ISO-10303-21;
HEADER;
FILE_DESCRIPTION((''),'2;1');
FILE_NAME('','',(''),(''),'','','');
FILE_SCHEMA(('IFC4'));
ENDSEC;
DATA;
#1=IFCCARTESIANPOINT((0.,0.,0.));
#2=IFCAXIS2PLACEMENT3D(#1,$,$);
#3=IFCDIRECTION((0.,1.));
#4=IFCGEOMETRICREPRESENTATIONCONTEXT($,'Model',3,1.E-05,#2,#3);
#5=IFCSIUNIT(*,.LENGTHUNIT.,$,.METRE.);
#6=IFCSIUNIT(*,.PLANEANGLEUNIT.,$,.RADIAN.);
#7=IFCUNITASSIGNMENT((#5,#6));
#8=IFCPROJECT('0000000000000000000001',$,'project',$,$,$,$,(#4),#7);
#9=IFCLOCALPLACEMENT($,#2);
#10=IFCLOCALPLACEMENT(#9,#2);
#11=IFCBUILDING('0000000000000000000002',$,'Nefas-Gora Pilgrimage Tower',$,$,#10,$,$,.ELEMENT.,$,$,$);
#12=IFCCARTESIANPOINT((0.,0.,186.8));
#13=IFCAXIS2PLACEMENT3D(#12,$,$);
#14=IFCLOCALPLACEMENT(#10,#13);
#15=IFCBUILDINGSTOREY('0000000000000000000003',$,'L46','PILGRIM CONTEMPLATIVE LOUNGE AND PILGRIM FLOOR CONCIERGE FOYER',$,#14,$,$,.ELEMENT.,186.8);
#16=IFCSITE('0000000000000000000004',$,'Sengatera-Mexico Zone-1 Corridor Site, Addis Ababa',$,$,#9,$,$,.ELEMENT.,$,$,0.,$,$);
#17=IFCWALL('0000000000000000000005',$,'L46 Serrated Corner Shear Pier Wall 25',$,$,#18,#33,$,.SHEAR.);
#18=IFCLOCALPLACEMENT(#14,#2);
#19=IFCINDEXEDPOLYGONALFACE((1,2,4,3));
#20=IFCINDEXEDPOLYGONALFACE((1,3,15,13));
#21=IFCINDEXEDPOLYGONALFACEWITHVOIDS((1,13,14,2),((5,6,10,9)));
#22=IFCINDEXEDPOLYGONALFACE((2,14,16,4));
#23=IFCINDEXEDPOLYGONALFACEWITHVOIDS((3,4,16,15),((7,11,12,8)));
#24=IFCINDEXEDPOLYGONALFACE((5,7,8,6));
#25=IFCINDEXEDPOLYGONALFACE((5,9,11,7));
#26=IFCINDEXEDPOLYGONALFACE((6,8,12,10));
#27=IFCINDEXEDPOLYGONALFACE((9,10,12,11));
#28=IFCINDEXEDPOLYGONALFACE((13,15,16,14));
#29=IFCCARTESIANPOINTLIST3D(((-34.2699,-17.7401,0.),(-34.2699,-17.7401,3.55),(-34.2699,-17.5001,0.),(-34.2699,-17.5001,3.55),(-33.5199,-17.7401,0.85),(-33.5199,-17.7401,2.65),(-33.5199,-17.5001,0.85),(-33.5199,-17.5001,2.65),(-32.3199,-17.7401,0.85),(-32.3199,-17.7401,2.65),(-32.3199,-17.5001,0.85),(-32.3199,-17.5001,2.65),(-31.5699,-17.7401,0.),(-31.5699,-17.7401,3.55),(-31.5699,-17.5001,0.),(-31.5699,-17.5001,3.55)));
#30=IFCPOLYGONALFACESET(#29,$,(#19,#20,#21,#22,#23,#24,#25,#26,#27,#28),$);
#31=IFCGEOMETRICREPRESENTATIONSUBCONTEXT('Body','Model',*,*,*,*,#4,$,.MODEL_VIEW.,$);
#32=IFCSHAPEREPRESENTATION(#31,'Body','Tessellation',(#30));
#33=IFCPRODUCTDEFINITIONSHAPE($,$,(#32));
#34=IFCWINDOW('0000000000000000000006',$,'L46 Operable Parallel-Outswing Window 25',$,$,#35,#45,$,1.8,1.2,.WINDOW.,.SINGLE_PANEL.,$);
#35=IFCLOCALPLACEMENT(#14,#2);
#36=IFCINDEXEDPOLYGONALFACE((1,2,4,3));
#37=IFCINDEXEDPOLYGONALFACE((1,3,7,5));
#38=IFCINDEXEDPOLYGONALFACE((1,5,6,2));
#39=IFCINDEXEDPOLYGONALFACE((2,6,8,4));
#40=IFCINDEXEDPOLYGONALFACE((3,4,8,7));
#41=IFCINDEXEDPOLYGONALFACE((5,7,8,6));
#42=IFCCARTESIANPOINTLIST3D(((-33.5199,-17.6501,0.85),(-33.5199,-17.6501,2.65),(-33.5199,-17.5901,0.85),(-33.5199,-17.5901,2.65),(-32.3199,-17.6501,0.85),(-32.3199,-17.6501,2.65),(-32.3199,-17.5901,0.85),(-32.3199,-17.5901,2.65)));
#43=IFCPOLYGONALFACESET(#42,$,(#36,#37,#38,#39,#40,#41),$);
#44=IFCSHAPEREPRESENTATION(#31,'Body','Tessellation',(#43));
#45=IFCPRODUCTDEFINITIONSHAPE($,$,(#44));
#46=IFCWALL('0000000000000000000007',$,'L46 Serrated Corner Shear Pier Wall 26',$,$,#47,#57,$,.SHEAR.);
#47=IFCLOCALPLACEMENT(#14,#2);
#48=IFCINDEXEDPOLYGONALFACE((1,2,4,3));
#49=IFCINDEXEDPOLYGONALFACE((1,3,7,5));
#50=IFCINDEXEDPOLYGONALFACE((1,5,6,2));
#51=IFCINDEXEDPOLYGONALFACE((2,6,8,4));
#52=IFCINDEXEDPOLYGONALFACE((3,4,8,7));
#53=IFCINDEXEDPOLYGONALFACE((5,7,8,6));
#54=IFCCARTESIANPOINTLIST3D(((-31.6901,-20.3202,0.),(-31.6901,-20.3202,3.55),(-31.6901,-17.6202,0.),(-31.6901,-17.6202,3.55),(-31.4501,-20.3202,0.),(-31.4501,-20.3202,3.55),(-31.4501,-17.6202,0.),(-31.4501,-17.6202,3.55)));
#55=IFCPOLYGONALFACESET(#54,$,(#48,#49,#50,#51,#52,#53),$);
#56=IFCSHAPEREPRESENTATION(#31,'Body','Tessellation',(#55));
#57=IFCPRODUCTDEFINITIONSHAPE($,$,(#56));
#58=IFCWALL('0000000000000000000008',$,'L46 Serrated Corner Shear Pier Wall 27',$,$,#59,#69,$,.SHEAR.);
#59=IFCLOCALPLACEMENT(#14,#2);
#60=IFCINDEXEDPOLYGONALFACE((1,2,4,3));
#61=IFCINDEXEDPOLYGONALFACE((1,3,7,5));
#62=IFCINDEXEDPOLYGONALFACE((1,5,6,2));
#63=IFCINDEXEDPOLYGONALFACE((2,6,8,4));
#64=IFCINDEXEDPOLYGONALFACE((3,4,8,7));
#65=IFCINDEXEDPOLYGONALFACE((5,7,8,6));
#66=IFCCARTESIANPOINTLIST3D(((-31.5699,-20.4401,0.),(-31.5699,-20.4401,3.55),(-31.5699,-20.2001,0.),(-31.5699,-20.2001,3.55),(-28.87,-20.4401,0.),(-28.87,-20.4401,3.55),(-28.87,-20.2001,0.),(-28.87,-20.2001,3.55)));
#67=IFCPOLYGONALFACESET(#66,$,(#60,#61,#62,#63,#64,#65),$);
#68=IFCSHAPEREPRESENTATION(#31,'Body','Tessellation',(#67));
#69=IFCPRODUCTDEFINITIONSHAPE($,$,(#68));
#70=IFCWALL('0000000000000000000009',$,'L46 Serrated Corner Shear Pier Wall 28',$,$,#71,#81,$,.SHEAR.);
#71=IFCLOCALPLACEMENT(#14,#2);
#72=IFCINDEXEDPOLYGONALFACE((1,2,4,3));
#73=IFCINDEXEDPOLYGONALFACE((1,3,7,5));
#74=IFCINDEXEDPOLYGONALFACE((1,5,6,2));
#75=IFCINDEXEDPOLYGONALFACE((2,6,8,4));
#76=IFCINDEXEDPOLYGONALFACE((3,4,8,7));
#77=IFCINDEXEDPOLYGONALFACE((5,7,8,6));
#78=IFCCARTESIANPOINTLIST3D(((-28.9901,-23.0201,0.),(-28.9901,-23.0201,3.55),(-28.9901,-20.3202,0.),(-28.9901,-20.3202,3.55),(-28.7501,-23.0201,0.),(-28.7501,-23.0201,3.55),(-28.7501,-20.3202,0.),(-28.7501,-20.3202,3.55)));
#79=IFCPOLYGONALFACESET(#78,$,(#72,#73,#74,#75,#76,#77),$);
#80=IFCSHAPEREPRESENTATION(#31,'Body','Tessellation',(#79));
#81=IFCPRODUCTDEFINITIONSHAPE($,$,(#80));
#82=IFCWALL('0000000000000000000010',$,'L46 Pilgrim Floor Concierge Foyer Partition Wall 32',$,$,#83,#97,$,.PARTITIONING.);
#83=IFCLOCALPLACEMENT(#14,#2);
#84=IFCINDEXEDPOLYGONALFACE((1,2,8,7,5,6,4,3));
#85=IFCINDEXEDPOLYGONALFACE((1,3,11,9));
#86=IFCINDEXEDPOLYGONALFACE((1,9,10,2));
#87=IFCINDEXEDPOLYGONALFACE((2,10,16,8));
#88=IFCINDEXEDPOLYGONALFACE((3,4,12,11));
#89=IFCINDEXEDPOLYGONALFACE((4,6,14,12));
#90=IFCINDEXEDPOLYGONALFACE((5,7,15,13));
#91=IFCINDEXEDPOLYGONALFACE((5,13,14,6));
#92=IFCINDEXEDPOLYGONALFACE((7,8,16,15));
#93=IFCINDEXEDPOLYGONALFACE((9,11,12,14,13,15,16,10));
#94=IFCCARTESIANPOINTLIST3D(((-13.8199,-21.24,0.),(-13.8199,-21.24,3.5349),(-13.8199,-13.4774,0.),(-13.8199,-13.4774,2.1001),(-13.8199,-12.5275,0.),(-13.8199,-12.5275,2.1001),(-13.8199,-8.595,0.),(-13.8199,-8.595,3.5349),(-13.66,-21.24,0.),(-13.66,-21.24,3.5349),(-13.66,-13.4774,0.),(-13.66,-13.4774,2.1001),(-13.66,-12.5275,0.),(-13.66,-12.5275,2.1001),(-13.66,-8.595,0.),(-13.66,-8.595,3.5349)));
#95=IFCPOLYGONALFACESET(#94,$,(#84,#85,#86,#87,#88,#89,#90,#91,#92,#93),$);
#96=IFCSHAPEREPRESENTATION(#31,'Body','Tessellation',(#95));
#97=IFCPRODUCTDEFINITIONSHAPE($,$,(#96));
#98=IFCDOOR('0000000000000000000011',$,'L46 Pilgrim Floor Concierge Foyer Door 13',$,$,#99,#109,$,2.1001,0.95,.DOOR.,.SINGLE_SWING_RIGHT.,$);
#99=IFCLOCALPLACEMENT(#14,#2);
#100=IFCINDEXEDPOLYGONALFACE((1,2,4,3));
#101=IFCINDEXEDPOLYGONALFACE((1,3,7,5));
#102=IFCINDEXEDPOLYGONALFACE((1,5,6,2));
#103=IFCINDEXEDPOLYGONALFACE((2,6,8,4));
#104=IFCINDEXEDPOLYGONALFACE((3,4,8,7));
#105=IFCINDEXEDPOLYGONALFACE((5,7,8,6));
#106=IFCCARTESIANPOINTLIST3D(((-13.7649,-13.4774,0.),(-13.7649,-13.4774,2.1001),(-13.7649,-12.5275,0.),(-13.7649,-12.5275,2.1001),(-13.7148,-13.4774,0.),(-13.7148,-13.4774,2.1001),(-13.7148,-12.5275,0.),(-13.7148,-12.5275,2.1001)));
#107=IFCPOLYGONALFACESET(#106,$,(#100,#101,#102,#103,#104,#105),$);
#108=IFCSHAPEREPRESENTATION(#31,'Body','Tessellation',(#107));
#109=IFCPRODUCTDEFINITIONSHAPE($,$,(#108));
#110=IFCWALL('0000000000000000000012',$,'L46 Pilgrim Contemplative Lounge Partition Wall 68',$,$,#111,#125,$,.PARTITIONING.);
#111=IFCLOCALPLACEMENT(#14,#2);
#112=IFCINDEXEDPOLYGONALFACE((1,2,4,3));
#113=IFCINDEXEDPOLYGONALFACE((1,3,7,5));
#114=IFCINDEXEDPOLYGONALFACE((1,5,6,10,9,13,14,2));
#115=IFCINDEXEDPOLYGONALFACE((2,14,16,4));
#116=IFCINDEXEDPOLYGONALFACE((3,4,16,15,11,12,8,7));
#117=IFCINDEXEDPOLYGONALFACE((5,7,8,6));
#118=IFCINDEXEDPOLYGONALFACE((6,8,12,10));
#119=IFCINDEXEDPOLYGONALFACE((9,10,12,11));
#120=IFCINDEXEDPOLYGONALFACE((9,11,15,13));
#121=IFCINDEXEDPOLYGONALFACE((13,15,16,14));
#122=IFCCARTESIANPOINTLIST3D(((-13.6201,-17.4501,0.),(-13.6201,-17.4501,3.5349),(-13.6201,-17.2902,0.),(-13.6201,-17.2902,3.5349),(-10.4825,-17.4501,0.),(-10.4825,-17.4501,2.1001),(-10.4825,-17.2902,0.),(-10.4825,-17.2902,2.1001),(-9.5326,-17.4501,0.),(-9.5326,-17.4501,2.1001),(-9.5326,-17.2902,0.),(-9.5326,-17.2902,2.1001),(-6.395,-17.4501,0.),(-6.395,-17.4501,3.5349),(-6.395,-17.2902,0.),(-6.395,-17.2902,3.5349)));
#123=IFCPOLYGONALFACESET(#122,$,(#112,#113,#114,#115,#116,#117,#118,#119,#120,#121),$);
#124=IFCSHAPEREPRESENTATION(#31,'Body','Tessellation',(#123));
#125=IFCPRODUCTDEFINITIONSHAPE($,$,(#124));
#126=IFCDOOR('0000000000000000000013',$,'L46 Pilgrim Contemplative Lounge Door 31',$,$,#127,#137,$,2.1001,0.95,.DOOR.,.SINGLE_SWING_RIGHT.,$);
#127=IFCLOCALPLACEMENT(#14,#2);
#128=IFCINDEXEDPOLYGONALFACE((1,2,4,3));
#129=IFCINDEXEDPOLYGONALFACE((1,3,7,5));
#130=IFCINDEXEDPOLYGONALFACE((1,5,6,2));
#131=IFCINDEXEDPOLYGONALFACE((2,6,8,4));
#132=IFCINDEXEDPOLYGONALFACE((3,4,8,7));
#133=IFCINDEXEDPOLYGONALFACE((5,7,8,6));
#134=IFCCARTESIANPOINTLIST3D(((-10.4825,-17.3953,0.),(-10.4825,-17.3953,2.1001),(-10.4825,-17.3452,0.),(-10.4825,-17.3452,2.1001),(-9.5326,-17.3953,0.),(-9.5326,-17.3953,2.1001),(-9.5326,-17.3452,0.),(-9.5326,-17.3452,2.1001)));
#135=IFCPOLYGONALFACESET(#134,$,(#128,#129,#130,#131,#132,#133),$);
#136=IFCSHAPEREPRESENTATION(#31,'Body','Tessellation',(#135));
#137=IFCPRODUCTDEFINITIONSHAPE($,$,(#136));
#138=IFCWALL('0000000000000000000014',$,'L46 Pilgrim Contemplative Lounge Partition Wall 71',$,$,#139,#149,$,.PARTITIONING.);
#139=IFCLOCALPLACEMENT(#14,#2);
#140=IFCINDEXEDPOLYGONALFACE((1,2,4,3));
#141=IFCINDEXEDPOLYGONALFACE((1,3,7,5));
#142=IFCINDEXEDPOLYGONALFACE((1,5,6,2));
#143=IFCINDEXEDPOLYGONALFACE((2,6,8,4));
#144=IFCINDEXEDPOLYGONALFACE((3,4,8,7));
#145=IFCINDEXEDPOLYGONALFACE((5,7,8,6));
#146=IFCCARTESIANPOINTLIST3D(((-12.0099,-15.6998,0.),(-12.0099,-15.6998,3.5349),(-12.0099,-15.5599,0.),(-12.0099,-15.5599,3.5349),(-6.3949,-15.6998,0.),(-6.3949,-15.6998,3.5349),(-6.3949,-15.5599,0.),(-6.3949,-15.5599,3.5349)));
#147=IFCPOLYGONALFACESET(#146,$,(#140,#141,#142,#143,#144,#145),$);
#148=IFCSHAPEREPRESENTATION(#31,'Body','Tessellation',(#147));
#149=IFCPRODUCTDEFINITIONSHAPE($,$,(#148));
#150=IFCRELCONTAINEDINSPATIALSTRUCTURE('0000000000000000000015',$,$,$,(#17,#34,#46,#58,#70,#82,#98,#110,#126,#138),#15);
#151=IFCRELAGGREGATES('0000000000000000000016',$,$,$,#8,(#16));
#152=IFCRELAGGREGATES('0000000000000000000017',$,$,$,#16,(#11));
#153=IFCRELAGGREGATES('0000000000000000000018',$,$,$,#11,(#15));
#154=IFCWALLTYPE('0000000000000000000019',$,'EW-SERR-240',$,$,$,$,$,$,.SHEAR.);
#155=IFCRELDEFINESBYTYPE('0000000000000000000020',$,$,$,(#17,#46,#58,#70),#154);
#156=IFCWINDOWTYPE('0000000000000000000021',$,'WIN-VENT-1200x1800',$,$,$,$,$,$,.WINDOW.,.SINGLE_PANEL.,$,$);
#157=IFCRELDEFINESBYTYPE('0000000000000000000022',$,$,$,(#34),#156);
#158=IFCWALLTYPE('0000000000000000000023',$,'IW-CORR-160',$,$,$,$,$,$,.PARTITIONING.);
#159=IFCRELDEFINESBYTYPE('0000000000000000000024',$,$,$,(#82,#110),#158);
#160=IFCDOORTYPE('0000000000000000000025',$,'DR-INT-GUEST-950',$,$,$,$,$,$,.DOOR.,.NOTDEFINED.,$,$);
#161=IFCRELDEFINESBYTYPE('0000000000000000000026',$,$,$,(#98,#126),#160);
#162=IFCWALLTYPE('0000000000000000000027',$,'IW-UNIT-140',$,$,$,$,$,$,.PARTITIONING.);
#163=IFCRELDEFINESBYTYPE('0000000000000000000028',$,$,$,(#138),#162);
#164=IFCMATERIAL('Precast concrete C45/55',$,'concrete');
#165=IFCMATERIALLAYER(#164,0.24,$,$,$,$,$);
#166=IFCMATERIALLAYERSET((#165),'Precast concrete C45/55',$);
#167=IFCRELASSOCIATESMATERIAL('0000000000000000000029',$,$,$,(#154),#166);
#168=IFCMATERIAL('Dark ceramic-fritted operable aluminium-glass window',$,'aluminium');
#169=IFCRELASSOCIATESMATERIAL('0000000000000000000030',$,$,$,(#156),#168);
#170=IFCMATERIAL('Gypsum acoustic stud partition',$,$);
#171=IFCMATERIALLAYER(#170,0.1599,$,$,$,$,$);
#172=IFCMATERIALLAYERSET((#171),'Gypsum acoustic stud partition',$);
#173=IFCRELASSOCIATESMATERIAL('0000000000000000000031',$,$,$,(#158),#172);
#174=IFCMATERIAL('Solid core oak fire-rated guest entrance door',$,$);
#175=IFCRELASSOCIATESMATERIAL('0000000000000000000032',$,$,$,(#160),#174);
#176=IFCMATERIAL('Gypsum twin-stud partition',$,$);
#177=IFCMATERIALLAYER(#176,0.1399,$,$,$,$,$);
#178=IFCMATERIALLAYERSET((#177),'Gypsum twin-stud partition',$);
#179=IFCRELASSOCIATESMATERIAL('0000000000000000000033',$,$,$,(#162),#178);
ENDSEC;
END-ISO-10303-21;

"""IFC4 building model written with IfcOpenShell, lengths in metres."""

from ifc_helpers import new_model, si_unit, direction, frame, frame_2d, origin, place, context, subcontext, project, spatial, rectangle, extrude, source, transform, mapped, material, layer, layer_set, type_object, element, fill, save


model = new_model("IFC4")

# Units and contexts
model_context = context("Model", 3, precision=1e-05, world=origin(), true_north=direction((0.0, 1.0)))
body_context = subcontext(model_context, "Body", "Model", "MODEL_VIEW")
ifc_project = project(units=[si_unit("LENGTHUNIT", "METRE"), si_unit("PLANEANGLEUNIT", "RADIAN")], contexts=[model_context])

# Site, building, storey
site_placement = place(None, origin())
site = spatial("IfcSite", under=ifc_project, at=site_placement, Name="Sengatera-Mexico Zone-1 Corridor Site, Addis Ababa", CompositionType="ELEMENT", RefElevation=0.0)
building_placement = place(site_placement, origin())
building = spatial("IfcBuilding", under=site, at=building_placement, Name="Nefas-Gora Pilgrimage Tower", CompositionType="ELEMENT")
storey_placement = place(building_placement, frame((0.0, 0.0, 186.8)))
storey = spatial("IfcBuildingStorey", under=building, at=storey_placement, Name="L46", Description="PILGRIM CONTEMPLATIVE LOUNGE AND PILGRIM FLOOR CONCIERGE FOYER", CompositionType="ELEMENT", Elevation=186.8)

# Wall, opening, window
ifc_material_1 = material(Name="Precast concrete C45/55", Category="concrete")
ifc_layer_1 = layer(ifc_material_1, 0.24)
ifc_layer_set_1 = layer_set([ifc_layer_1], Name="Precast concrete C45/55")
wall_type_1 = type_object("IfcWallType", Name="EW-SERR-240", PredefinedType="SHEAR", material=ifc_layer_set_1)
shared_shape_1 = source(origin(), body_context, "Body", "SweptSolid", [
    extrude(rectangle(XDim=2.7, YDim=0.24, at=frame_2d((1.3501, 0.0))), origin(), (0.0, 0.0, 1.0), 3.55),
])
wall_1_placement = place(storey_placement, frame((-34.27, -17.6201, 0.0), z_axis=(0.0, 0.0, 1.0), x_axis=(1.0, 0.0, 0.0)))
wall_1 = element("IfcWall", 1, at=wall_1_placement, inside=storey, type_object=wall_type_1, Name="L46 Serrated Corner Shear Pier Wall 25", PredefinedType="SHEAR", context=body_context, shape_type="MappedRepresentation", body=[
    mapped(shared_shape_1, transform((0.0, 0.0, 0.0), x_axis=(1.0, 0.0, 0.0), y_axis=(0.0, 1.0, 0.0), z_axis=(0.0, 0.0, 1.0), scale=1.0)),
])
opening_1_placement = place(wall_1_placement, frame((0.75, 0.0, 0.8501)))
opening_1 = element("IfcOpeningElement", 2, at=opening_1_placement, cuts=wall_1, PredefinedType="OPENING", context=body_context, shape_type="SweptSolid", body=[
    extrude(rectangle(XDim=1.2, YDim=1.8, at=frame_2d((0.6001, 0.8999))), frame((0.0, 0.1299, 0.0), z_axis=(0.0, -1.0, 0.0), x_axis=(1.0, 0.0, 0.0)), (0.0, 0.0, 1.0), 0.26),
])
ifc_material_2 = material(Name="Dark ceramic-fritted operable aluminium-glass window", Category="aluminium")
window_type = type_object("IfcWindowType", Name="WIN-VENT-1200x1800", PartitioningType="SINGLE_PANEL", PredefinedType="WINDOW", material=ifc_material_2)
shared_shape_2 = source(origin(), body_context, "Body", "SweptSolid", [
    extrude(rectangle(XDim=1.2, YDim=1.8, at=frame_2d((0.6001, 0.8999))), frame((0.0, 0.03, 0.0), z_axis=(0.0, -1.0, 0.0), x_axis=(1.0, 0.0, 0.0)), (0.0, 0.0, 1.0), 0.0601),
])
window_placement = place(opening_1_placement, origin())
window = element("IfcWindow", 3, at=window_placement, inside=storey, type_object=window_type, Name="L46 Operable Parallel-Outswing Window 25", OverallHeight=1.8, OverallWidth=1.2, PartitioningType="SINGLE_PANEL", PredefinedType="WINDOW", context=body_context, shape_type="MappedRepresentation", body=[
    mapped(shared_shape_2, transform((0.0, 0.0, 0.0), x_axis=(1.0, 0.0, 0.0), y_axis=(0.0, 1.0, 0.0), z_axis=(0.0, 0.0, 1.0), scale=1.0)),
])
fill(opening_1, window)

# Walls
for number, where, z_axis, x_axis, name in (
    (4, (-31.5701, -17.6201, 0.0), (0.0, 0.0, 1.0), (0.0, -1.0, 0.0), "L46 Serrated Corner Shear Pier Wall 26"),
    (5, (-31.5701, -20.3201, 0.0), (0.0, 0.0, 1.0), (1.0, 0.0, 0.0), "L46 Serrated Corner Shear Pier Wall 27"),
    (6, (-28.8701, -20.3201, 0.0), (0.0, 0.0, 1.0), (0.0, -1.0, 0.0), "L46 Serrated Corner Shear Pier Wall 28"),
):
    element("IfcWall", number, at=place(storey_placement, frame(where, z_axis=z_axis, x_axis=x_axis)), inside=storey, type_object=wall_type_1, Name=name, PredefinedType="SHEAR", context=body_context, shape_type="MappedRepresentation", body=[
        mapped(shared_shape_1, transform((0.0, 0.0, 0.0), x_axis=(1.0, 0.0, 0.0), y_axis=(0.0, 1.0, 0.0), z_axis=(0.0, 0.0, 1.0), scale=1.0)),
    ])

# Walls, openings, doors
ifc_material_3 = material(Name="Gypsum acoustic stud partition")
ifc_layer_2 = layer(ifc_material_3, 0.1599)
ifc_layer_set_2 = layer_set([ifc_layer_2], Name="Gypsum acoustic stud partition")
wall_type_2 = type_object("IfcWallType", Name="IW-CORR-160", PredefinedType="PARTITIONING", material=ifc_layer_set_2)
shared_shape_3 = source(origin(), body_context, "Body", "SweptSolid", [
    extrude(rectangle(XDim=12.645, YDim=0.1599, at=frame_2d((6.3225, 0.0))), origin(), (0.0, 0.0, 1.0), 3.5349),
])
wall_2_placement = place(storey_placement, frame((-13.74, -21.24, 0.0), z_axis=(0.0, 0.0, 1.0), x_axis=(0.0, 1.0, 0.0)))
wall_2 = element("IfcWall", 7, at=wall_2_placement, inside=storey, type_object=wall_type_2, Name="L46 Pilgrim Floor Concierge Foyer Partition Wall 32", PredefinedType="PARTITIONING", context=body_context, shape_type="MappedRepresentation", body=[
    mapped(shared_shape_3, transform((0.0, 0.0, 0.0), x_axis=(1.0, 0.0, 0.0), y_axis=(0.0, 1.0, 0.0), z_axis=(0.0, 0.0, 1.0), scale=1.0)),
])
opening_2_placement = place(wall_2_placement, frame((7.7625, 0.0, 0.0)))
opening_2 = element("IfcOpeningElement", 8, at=opening_2_placement, cuts=wall_2, PredefinedType="OPENING", context=body_context, shape_type="SweptSolid", body=[
    extrude(rectangle(XDim=0.95, YDim=2.1001, at=frame_2d((0.4751, 1.05))), frame((0.0, 0.0898, 0.0), z_axis=(0.0, -1.0, 0.0), x_axis=(1.0, 0.0, 0.0)), (0.0, 0.0, 1.0), 0.1799),
])
ifc_material_4 = material(Name="Solid core oak fire-rated guest entrance door")
door_type = type_object("IfcDoorType", Name="DR-INT-GUEST-950", OperationType="NOTDEFINED", PredefinedType="DOOR", material=ifc_material_4)
shared_shape_4 = source(origin(), body_context, "Body", "SweptSolid", [
    extrude(rectangle(XDim=0.95, YDim=2.1001, at=frame_2d((0.4751, 1.05))), frame((0.0, 0.0249, 0.0), z_axis=(0.0, -1.0, 0.0), x_axis=(1.0, 0.0, 0.0)), (0.0, 0.0, 1.0), 0.05),
])
door_1_placement = place(opening_2_placement, origin())
door_1 = element("IfcDoor", 9, at=door_1_placement, inside=storey, type_object=door_type, Name="L46 Pilgrim Floor Concierge Foyer Door 13", OperationType="SINGLE_SWING_RIGHT", OverallHeight=2.1001, OverallWidth=0.95, PredefinedType="DOOR", context=body_context, shape_type="MappedRepresentation", body=[
    mapped(shared_shape_4, transform((0.0, 0.0, 0.0), x_axis=(1.0, 0.0, 0.0), y_axis=(0.0, 1.0, 0.0), z_axis=(0.0, 0.0, 1.0), scale=1.0)),
])
fill(opening_2, door_1)
shared_shape_5 = source(origin(), body_context, "Body", "SweptSolid", [
    extrude(rectangle(XDim=7.2251, YDim=0.1599, at=frame_2d((3.6125, 0.0))), origin(), (0.0, 0.0, 1.0), 3.5349),
])
wall_3_placement = place(storey_placement, frame((-13.6201, -17.3701, 0.0), z_axis=(0.0, 0.0, 1.0), x_axis=(1.0, 0.0, 0.0)))
wall_3 = element("IfcWall", 10, at=wall_3_placement, inside=storey, type_object=wall_type_2, Name="L46 Pilgrim Contemplative Lounge Partition Wall 68", PredefinedType="PARTITIONING", context=body_context, shape_type="MappedRepresentation", body=[
    mapped(shared_shape_5, transform((0.0, 0.0, 0.0), x_axis=(1.0, 0.0, 0.0), y_axis=(0.0, 1.0, 0.0), z_axis=(0.0, 0.0, 1.0), scale=1.0)),
])
opening_3_placement = place(wall_3_placement, frame((3.1375, 0.0, 0.0)))
opening_3 = element("IfcOpeningElement", 11, at=opening_3_placement, cuts=wall_3, PredefinedType="OPENING", context=body_context, shape_type="SweptSolid", body=[
    extrude(rectangle(XDim=0.95, YDim=2.1001, at=frame_2d((0.4751, 1.05))), frame((0.0, 0.0898, 0.0), z_axis=(0.0, -1.0, 0.0), x_axis=(1.0, 0.0, 0.0)), (0.0, 0.0, 1.0), 0.1799),
])
door_2_placement = place(opening_3_placement, origin())
door_2 = element("IfcDoor", 12, at=door_2_placement, inside=storey, type_object=door_type, Name="L46 Pilgrim Contemplative Lounge Door 31", OperationType="SINGLE_SWING_RIGHT", OverallHeight=2.1001, OverallWidth=0.95, PredefinedType="DOOR", context=body_context, shape_type="MappedRepresentation", body=[
    mapped(shared_shape_4, transform((0.0, 0.0, 0.0), x_axis=(1.0, 0.0, 0.0), y_axis=(0.0, 1.0, 0.0), z_axis=(0.0, 0.0, 1.0), scale=1.0)),
])
fill(opening_3, door_2)

# Wall
ifc_material_5 = material(Name="Gypsum twin-stud partition")
ifc_layer_3 = layer(ifc_material_5, 0.1399)
ifc_layer_set_3 = layer_set([ifc_layer_3], Name="Gypsum twin-stud partition")
wall_type_3 = type_object("IfcWallType", Name="IW-UNIT-140", PredefinedType="PARTITIONING", material=ifc_layer_set_3)
shared_shape_6 = source(origin(), body_context, "Body", "SweptSolid", [
    extrude(rectangle(XDim=5.615, YDim=0.1399, at=frame_2d((2.8076, 0.0))), origin(), (0.0, 0.0, 1.0), 3.5349),
])
wall_4_placement = place(storey_placement, frame((-12.01, -15.6299, 0.0), z_axis=(0.0, 0.0, 1.0), x_axis=(1.0, 0.0, 0.0)))
element("IfcWall", 13, at=wall_4_placement, inside=storey, type_object=wall_type_3, Name="L46 Pilgrim Contemplative Lounge Partition Wall 71", PredefinedType="PARTITIONING", context=body_context, shape_type="MappedRepresentation", body=[
    mapped(shared_shape_6, transform((0.0, 0.0, 0.0), x_axis=(1.0, 0.0, 0.0), y_axis=(0.0, 1.0, 0.0), z_axis=(0.0, 0.0, 1.0), scale=1.0)),
])

save(model, "model.ifc")
